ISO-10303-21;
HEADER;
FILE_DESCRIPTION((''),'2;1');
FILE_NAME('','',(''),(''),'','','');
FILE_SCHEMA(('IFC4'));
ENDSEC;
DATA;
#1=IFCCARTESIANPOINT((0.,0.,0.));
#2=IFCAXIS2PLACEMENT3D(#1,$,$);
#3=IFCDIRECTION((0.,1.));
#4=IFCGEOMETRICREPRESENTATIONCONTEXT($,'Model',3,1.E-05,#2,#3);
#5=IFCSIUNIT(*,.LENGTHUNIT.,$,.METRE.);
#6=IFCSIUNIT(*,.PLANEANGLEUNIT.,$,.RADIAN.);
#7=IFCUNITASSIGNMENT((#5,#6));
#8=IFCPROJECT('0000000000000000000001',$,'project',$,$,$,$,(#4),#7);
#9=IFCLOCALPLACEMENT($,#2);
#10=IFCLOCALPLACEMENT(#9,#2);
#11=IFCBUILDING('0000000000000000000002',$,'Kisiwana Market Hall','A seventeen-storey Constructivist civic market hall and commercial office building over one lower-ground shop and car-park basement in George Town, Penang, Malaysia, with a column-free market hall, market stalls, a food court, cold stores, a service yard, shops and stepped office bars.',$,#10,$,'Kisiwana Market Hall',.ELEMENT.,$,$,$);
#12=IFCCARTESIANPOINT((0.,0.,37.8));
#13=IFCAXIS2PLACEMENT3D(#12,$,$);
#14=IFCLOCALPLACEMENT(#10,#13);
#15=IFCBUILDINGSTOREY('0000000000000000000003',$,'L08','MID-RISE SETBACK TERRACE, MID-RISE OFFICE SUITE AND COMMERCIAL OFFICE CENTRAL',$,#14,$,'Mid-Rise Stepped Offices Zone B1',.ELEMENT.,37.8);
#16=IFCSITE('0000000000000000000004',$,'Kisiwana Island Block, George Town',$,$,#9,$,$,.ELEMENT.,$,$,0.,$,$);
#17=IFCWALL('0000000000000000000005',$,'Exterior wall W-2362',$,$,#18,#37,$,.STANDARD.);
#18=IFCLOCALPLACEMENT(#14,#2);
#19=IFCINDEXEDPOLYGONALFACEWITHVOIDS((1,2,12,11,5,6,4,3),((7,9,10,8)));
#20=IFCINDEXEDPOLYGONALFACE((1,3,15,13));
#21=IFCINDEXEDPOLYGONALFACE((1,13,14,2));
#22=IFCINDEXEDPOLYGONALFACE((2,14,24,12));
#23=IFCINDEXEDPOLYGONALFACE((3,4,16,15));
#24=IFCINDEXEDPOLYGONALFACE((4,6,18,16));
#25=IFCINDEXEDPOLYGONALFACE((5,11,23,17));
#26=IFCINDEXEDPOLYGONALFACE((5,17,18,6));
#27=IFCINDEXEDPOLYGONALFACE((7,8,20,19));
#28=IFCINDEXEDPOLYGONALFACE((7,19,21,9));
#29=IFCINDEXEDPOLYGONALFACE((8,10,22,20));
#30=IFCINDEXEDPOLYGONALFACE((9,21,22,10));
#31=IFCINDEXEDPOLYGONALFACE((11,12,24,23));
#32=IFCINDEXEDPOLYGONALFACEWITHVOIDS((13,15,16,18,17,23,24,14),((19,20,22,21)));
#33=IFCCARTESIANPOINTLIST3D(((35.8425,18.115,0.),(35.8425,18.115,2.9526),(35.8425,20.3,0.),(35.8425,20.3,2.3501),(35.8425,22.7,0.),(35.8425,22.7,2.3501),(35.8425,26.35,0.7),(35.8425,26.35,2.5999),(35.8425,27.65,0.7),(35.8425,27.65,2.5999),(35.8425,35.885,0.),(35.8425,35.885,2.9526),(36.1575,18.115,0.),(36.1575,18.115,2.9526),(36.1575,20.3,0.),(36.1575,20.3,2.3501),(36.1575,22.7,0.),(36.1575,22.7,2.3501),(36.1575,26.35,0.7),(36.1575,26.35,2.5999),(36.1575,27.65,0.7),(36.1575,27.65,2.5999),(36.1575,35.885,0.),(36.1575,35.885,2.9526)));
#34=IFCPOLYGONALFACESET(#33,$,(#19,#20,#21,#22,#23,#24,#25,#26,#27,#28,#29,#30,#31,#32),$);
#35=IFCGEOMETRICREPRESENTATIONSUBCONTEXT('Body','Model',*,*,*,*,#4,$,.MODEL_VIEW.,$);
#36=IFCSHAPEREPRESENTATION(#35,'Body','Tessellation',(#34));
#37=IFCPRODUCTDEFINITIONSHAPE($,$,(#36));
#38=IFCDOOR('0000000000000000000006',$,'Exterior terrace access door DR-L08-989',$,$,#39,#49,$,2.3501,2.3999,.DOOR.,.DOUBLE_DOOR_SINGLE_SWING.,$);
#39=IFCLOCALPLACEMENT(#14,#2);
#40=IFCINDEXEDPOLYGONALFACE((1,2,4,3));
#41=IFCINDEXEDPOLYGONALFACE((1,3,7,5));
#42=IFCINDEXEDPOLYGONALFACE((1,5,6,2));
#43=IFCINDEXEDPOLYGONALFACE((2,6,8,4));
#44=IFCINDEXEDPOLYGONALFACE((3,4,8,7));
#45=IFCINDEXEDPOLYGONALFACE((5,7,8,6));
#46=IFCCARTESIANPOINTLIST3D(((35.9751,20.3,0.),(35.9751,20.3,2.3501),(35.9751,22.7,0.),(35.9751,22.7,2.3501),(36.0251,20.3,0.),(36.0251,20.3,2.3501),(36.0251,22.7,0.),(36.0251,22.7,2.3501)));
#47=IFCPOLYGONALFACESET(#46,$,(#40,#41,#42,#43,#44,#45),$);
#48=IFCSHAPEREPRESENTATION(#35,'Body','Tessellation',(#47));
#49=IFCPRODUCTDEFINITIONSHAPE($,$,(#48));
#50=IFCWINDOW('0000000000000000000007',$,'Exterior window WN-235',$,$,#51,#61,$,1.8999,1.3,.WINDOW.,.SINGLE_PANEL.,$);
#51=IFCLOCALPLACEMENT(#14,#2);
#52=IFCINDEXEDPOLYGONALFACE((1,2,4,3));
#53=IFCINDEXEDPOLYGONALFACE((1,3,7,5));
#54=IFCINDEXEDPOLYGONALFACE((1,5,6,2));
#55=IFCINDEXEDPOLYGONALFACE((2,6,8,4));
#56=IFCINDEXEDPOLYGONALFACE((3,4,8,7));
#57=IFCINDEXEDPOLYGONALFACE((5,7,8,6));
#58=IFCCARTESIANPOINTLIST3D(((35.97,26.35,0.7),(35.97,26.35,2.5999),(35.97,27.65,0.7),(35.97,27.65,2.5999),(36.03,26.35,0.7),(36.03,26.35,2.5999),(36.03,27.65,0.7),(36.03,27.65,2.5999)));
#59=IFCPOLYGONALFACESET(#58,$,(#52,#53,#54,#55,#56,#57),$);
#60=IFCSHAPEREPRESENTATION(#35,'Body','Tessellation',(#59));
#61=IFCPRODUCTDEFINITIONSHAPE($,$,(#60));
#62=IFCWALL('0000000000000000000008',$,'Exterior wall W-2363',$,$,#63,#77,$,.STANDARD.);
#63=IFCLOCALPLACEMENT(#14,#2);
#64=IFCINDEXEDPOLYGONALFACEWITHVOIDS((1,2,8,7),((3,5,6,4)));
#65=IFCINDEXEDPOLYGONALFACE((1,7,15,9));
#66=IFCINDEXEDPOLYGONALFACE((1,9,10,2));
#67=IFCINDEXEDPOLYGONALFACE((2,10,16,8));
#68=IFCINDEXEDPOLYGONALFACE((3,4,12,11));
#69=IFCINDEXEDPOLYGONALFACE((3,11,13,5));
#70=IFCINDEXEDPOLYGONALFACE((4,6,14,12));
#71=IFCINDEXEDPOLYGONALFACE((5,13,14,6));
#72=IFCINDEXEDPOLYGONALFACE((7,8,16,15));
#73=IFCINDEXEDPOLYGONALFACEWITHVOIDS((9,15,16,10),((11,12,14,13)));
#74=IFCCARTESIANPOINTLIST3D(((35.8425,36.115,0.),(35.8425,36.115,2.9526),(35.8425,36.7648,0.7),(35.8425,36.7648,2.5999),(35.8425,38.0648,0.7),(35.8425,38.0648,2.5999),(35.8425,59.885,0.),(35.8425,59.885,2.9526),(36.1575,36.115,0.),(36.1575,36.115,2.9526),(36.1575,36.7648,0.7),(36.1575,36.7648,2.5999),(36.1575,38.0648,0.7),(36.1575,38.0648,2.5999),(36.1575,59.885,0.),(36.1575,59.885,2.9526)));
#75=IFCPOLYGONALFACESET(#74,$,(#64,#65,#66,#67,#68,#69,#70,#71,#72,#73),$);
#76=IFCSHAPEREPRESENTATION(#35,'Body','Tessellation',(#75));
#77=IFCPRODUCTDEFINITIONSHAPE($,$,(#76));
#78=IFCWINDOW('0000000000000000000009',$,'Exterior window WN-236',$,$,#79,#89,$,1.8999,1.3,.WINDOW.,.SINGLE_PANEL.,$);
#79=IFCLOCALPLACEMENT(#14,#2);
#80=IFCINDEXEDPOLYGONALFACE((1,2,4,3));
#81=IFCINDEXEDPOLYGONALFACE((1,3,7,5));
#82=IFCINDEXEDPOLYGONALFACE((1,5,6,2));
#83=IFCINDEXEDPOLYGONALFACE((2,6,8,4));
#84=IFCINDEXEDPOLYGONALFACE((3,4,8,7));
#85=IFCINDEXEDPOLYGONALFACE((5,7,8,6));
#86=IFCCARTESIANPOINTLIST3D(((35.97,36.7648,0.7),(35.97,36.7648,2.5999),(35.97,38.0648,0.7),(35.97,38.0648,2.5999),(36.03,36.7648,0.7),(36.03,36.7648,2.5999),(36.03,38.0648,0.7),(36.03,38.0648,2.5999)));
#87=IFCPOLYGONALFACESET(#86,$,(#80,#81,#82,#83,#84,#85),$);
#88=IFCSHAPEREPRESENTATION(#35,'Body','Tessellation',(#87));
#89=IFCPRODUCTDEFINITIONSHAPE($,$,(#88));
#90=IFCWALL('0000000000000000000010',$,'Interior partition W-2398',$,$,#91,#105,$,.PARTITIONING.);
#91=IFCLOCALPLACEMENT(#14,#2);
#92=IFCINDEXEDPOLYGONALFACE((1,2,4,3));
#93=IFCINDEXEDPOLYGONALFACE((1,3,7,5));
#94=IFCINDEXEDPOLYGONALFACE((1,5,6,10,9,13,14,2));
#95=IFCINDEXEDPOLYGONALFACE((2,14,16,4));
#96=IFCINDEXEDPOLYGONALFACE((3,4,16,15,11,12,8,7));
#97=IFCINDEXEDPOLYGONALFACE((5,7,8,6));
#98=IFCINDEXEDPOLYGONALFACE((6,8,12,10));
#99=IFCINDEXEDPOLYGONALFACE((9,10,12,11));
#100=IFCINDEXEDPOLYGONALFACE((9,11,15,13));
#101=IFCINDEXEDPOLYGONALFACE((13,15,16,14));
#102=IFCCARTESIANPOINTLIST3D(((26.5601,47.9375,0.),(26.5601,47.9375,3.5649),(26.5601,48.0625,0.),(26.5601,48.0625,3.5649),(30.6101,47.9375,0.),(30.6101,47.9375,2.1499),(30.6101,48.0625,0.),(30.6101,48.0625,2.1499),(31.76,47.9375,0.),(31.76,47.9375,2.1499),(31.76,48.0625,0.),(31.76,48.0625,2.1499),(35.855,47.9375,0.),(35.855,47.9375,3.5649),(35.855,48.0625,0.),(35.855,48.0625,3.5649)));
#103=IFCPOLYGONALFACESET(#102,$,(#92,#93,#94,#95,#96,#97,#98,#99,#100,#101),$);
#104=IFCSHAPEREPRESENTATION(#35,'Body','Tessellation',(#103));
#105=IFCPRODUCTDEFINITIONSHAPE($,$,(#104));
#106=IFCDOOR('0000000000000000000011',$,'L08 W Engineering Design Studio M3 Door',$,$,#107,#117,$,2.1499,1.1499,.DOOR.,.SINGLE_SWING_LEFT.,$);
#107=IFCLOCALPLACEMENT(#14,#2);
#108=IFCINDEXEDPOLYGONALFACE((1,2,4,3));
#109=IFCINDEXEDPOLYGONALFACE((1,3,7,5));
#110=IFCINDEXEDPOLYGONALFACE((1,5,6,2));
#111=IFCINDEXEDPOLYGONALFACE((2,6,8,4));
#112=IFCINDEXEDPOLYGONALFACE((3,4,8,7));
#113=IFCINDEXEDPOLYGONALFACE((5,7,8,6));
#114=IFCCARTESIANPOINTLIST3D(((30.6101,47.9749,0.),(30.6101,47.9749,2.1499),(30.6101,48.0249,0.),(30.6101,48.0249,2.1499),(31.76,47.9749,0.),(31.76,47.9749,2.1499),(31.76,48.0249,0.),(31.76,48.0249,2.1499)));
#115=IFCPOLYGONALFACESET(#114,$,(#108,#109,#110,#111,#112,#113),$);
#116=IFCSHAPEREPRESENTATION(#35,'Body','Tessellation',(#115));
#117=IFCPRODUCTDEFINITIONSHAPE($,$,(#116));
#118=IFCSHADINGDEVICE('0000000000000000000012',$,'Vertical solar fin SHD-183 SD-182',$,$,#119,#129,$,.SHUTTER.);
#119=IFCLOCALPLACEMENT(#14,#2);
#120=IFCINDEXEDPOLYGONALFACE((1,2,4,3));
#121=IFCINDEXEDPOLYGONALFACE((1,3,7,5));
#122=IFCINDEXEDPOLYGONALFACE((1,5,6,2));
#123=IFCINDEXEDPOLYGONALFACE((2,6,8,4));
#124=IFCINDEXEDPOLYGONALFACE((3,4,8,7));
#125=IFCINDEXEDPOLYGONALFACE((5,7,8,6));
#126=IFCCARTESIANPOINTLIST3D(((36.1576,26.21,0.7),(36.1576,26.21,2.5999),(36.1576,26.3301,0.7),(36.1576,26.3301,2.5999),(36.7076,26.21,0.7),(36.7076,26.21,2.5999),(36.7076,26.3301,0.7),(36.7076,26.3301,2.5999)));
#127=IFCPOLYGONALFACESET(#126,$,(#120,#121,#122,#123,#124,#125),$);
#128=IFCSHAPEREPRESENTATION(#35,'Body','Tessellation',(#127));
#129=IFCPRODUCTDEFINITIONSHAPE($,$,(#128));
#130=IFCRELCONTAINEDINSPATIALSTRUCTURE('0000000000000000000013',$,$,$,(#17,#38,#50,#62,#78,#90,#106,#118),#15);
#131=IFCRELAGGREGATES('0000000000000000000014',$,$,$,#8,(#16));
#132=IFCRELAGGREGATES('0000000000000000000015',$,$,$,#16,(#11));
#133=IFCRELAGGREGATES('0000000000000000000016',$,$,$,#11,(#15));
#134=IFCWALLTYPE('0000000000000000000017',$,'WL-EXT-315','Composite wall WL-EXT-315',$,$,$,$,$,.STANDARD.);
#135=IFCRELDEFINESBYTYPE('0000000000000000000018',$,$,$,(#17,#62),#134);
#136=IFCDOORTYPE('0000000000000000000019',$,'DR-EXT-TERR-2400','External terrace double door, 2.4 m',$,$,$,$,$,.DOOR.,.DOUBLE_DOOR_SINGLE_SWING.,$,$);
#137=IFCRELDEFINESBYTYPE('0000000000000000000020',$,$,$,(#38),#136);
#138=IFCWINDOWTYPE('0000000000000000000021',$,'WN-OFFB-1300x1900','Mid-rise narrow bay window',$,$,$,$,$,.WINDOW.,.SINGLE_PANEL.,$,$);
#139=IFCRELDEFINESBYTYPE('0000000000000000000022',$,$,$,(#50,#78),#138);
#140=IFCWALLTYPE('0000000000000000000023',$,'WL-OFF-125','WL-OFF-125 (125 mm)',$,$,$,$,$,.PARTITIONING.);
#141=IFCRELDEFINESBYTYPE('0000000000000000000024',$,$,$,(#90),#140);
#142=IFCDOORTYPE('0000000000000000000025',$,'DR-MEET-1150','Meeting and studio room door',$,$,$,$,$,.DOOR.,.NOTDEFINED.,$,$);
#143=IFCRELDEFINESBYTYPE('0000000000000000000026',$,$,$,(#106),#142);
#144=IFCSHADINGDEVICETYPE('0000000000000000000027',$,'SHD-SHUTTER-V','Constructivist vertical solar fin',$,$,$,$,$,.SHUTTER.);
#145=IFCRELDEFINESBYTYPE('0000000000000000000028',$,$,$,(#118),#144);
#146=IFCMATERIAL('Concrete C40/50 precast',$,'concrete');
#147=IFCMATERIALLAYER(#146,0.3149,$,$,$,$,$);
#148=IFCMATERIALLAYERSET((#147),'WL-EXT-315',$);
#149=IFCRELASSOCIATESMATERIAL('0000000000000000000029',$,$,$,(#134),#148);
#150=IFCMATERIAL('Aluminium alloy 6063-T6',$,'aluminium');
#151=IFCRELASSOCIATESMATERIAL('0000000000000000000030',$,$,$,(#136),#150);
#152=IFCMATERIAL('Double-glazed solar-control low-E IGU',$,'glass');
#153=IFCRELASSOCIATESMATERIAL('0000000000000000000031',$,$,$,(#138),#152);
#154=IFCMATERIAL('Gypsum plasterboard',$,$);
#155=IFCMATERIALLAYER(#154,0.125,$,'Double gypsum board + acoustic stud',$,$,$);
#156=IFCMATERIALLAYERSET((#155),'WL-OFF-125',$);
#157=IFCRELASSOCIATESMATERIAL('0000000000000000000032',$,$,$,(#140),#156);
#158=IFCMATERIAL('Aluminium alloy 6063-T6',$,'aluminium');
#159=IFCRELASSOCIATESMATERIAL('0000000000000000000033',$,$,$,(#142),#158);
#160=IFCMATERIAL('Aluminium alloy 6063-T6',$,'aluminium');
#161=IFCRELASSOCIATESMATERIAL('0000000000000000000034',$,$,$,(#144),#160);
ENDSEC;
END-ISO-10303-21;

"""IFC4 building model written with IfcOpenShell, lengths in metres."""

from ifc_helpers import new_model, si_unit, direction, frame, frame_2d, origin, origin_2d, place, context, subcontext, project, spatial, rectangle, extrude, material, layer, layer_set, type_object, element, fill, save


model = new_model("IFC4")

# Units and contexts
model_context = context("Model", 3, precision=1e-05, world=origin(), true_north=direction((0.0, 1.0)))
body_context = subcontext(model_context, "Body", "Model", "MODEL_VIEW")
ifc_project = project(units=[si_unit("LENGTHUNIT", "METRE"), si_unit("PLANEANGLEUNIT", "RADIAN")], contexts=[model_context])

# Site, building, storey
site_placement = place(None, origin())
site = spatial("IfcSite", under=ifc_project, at=site_placement, Name="Kisiwana Island Block, George Town", CompositionType="ELEMENT", RefElevation=0.0)
building_placement = place(site_placement, origin())
building = spatial("IfcBuilding", under=site, at=building_placement, Name="Kisiwana Market Hall", Description="A seventeen-storey Constructivist civic market hall and commercial office building over one lower-ground shop and car-park basement in George Town, Penang, Malaysia, with a column-free market hall, market stalls, a food court, cold stores, a service yard, shops and stepped office bars.", LongName="Kisiwana Market Hall", CompositionType="ELEMENT")
storey_placement = place(building_placement, frame((0.0, 0.0, 37.8)))
storey = spatial("IfcBuildingStorey", under=building, at=storey_placement, Name="L08", Description="MID-RISE SETBACK TERRACE, MID-RISE OFFICE SUITE AND COMMERCIAL OFFICE CENTRAL", LongName="Mid-Rise Stepped Offices Zone B1", CompositionType="ELEMENT", Elevation=37.8)

# Wall, openings, door, window
ifc_material_1 = material(Name="Concrete C40/50 precast", Category="concrete")
ifc_layer_1 = layer(ifc_material_1, 0.3149)
ifc_layer_set_1 = layer_set([ifc_layer_1], Name="WL-EXT-315")
wall_type_1 = type_object("IfcWallType", Name="WL-EXT-315", Description="Composite wall WL-EXT-315", PredefinedType="STANDARD", material=ifc_layer_set_1)
wall_1_placement = place(storey_placement, frame((36.0, 18.115, 0.0), z_axis=(0.0, 0.0, 1.0), x_axis=(0.0, 1.0, 0.0)))
wall_1 = element("IfcWall", 1, at=wall_1_placement, inside=storey, type_object=wall_type_1, Name="Exterior wall W-2362", PredefinedType="STANDARD", context=body_context, shape_type="SweptSolid", body=[
    extrude(rectangle(XDim=17.77, YDim=0.3149, at=frame_2d((8.885, 0.0))), origin(), (0.0, 0.0, 1.0), 2.9526),
])
opening_1_placement = place(wall_1_placement, frame((8.2351, 0.0, 0.7)))
opening_1 = element("IfcOpeningElement", 2, at=opening_1_placement, cuts=wall_1, PredefinedType="OPENING", context=body_context, shape_type="SweptSolid", body=[
    extrude(rectangle(XDim=1.3, YDim=1.8999, at=frame_2d((0.6499, 0.95))), frame((0.0, 0.1694, 0.0), z_axis=(0.0, -1.0, 0.0), x_axis=(1.0, 0.0, 0.0)), (0.0, 0.0, 1.0), 0.3389),
])
opening_2_placement = place(wall_1_placement, frame((2.1851, 0.0, 0.0)))
opening_2 = element("IfcOpeningElement", 3, at=opening_2_placement, cuts=wall_1, PredefinedType="OPENING", context=body_context, shape_type="SweptSolid", body=[
    extrude(rectangle(XDim=2.3999, YDim=2.3501, at=frame_2d((1.2, 1.175))), frame((0.0, 0.1694, 0.0), z_axis=(0.0, -1.0, 0.0), x_axis=(1.0, 0.0, 0.0)), (0.0, 0.0, 1.0), 0.3389),
])
ifc_material_2 = material(Name="Aluminium alloy 6063-T6", Category="aluminium")
door_type_1 = type_object("IfcDoorType", Name="DR-EXT-TERR-2400", Description="External terrace double door, 2.4 m", OperationType="DOUBLE_DOOR_SINGLE_SWING", PredefinedType="DOOR", material=ifc_material_2)
door_1_placement = place(opening_2_placement, origin())
door_1 = element("IfcDoor", 4, at=door_1_placement, inside=storey, type_object=door_type_1, Name="Exterior terrace access door DR-L08-989", OperationType="DOUBLE_DOOR_SINGLE_SWING", OverallHeight=2.3501, OverallWidth=2.3999, PredefinedType="DOOR", context=body_context, shape_type="SweptSolid", body=[
    extrude(rectangle(XDim=2.3999, YDim=2.3501, at=frame_2d((1.2, 1.175))), frame((0.0, 0.0249, 0.0), z_axis=(0.0, -1.0, 0.0), x_axis=(1.0, 0.0, 0.0)), (0.0, 0.0, 1.0), 0.05),
])
fill(opening_2, door_1)
ifc_material_3 = material(Name="Double-glazed solar-control low-E IGU", Category="glass")
window_type = type_object("IfcWindowType", Name="WN-OFFB-1300x1900", Description="Mid-rise narrow bay window", PartitioningType="SINGLE_PANEL", PredefinedType="WINDOW", material=ifc_material_3)
window_1_placement = place(opening_1_placement, origin())
window_1 = element("IfcWindow", 5, at=window_1_placement, inside=storey, type_object=window_type, Name="Exterior window WN-235", OverallHeight=1.8999, OverallWidth=1.3, PartitioningType="SINGLE_PANEL", PredefinedType="WINDOW", context=body_context, shape_type="SweptSolid", body=[
    extrude(rectangle(XDim=1.3, YDim=1.8999, at=frame_2d((0.6499, 0.95))), frame((0.0, 0.03, 0.0), z_axis=(0.0, -1.0, 0.0), x_axis=(1.0, 0.0, 0.0)), (0.0, 0.0, 1.0), 0.0601),
])
fill(opening_1, window_1)

# Wall, opening, window
wall_2_placement = place(storey_placement, frame((36.0, 36.115, 0.0), z_axis=(0.0, 0.0, 1.0), x_axis=(0.0, 1.0, 0.0)))
wall_2 = element("IfcWall", 6, at=wall_2_placement, inside=storey, type_object=wall_type_1, Name="Exterior wall W-2363", PredefinedType="STANDARD", context=body_context, shape_type="SweptSolid", body=[
    extrude(rectangle(XDim=23.77, YDim=0.3149, at=frame_2d((11.885, 0.0))), origin(), (0.0, 0.0, 1.0), 2.9526),
])
opening_3_placement = place(wall_2_placement, frame((0.6499, 0.0, 0.7)))
opening_3 = element("IfcOpeningElement", 7, at=opening_3_placement, cuts=wall_2, PredefinedType="OPENING", context=body_context, shape_type="SweptSolid", body=[
    extrude(rectangle(XDim=1.3, YDim=1.8999, at=frame_2d((0.6499, 0.95))), frame((0.0, 0.1694, 0.0), z_axis=(0.0, -1.0, 0.0), x_axis=(1.0, 0.0, 0.0)), (0.0, 0.0, 1.0), 0.3389),
])
window_2_placement = place(opening_3_placement, origin())
window_2 = element("IfcWindow", 8, at=window_2_placement, inside=storey, type_object=window_type, Name="Exterior window WN-236", OverallHeight=1.8999, OverallWidth=1.3, PartitioningType="SINGLE_PANEL", PredefinedType="WINDOW", context=body_context, shape_type="SweptSolid", body=[
    extrude(rectangle(XDim=1.3, YDim=1.8999, at=frame_2d((0.6499, 0.95))), frame((0.0, 0.03, 0.0), z_axis=(0.0, -1.0, 0.0), x_axis=(1.0, 0.0, 0.0)), (0.0, 0.0, 1.0), 0.0601),
])
fill(opening_3, window_2)

# Wall, opening, door
ifc_material_4 = material(Name="Gypsum plasterboard")
ifc_layer_2 = layer(ifc_material_4, 0.125, Name="Double gypsum board + acoustic stud")
ifc_layer_set_2 = layer_set([ifc_layer_2], Name="WL-OFF-125")
wall_type_2 = type_object("IfcWallType", Name="WL-OFF-125", Description="WL-OFF-125 (125 mm)", PredefinedType="PARTITIONING", material=ifc_layer_set_2)
wall_3_placement = place(storey_placement, frame((26.5601, 48.0, 0.0), z_axis=(0.0, 0.0, 1.0), x_axis=(1.0, 0.0, 0.0)))
wall_3 = element("IfcWall", 9, at=wall_3_placement, inside=storey, type_object=wall_type_2, Name="Interior partition W-2398", PredefinedType="PARTITIONING", context=body_context, shape_type="SweptSolid", body=[
    extrude(rectangle(XDim=9.2949, YDim=0.125, at=frame_2d((4.6475, 0.0))), origin(), (0.0, 0.0, 1.0), 3.5649),
])
opening_4_placement = place(wall_3_placement, frame((4.05, 0.0, 0.0)))
opening_4 = element("IfcOpeningElement", 10, at=opening_4_placement, cuts=wall_3, PredefinedType="OPENING", context=body_context, shape_type="SweptSolid", body=[
    extrude(rectangle(XDim=1.1499, YDim=2.1499, at=frame_2d((0.575, 1.075))), frame((0.0, 0.0745, 0.0), z_axis=(0.0, -1.0, 0.0), x_axis=(1.0, 0.0, 0.0)), (0.0, 0.0, 1.0), 0.1489),
])
ifc_material_5 = material(Name="Aluminium alloy 6063-T6", Category="aluminium")
door_type_2 = type_object("IfcDoorType", Name="DR-MEET-1150", Description="Meeting and studio room door", OperationType="NOTDEFINED", PredefinedType="DOOR", material=ifc_material_5)
door_2_placement = place(opening_4_placement, origin())
door_2 = element("IfcDoor", 11, at=door_2_placement, inside=storey, type_object=door_type_2, Name="L08 W Engineering Design Studio M3 Door", OperationType="SINGLE_SWING_LEFT", OverallHeight=2.1499, OverallWidth=1.1499, PredefinedType="DOOR", context=body_context, shape_type="SweptSolid", body=[
    extrude(rectangle(XDim=1.1499, YDim=2.1499, at=frame_2d((0.575, 1.075))), frame((0.0, 0.0249, 0.0), z_axis=(0.0, -1.0, 0.0), x_axis=(1.0, 0.0, 0.0)), (0.0, 0.0, 1.0), 0.05),
])
fill(opening_4, door_2)

# Shading device
ifc_material_6 = material(Name="Aluminium alloy 6063-T6", Category="aluminium")
shading_device_type = type_object("IfcShadingDeviceType", Name="SHD-SHUTTER-V", Description="Constructivist vertical solar fin", PredefinedType="SHUTTER", material=ifc_material_6)
shading_device_placement = place(storey_placement, frame((36.4326, 26.27, 0.7), z_axis=(0.0, 0.0, 1.0), x_axis=(0.0, 1.0, 0.0)))
element("IfcShadingDevice", 12, at=shading_device_placement, inside=storey, type_object=shading_device_type, Name="Vertical solar fin SHD-183 SD-182", PredefinedType="SHUTTER", context=body_context, shape_type="SweptSolid", body=[
    extrude(rectangle(XDim=0.1201, YDim=0.55, at=origin_2d()), origin(), (0.0, 0.0, 1.0), 1.8999),
])

save(model, "model.ifc")
